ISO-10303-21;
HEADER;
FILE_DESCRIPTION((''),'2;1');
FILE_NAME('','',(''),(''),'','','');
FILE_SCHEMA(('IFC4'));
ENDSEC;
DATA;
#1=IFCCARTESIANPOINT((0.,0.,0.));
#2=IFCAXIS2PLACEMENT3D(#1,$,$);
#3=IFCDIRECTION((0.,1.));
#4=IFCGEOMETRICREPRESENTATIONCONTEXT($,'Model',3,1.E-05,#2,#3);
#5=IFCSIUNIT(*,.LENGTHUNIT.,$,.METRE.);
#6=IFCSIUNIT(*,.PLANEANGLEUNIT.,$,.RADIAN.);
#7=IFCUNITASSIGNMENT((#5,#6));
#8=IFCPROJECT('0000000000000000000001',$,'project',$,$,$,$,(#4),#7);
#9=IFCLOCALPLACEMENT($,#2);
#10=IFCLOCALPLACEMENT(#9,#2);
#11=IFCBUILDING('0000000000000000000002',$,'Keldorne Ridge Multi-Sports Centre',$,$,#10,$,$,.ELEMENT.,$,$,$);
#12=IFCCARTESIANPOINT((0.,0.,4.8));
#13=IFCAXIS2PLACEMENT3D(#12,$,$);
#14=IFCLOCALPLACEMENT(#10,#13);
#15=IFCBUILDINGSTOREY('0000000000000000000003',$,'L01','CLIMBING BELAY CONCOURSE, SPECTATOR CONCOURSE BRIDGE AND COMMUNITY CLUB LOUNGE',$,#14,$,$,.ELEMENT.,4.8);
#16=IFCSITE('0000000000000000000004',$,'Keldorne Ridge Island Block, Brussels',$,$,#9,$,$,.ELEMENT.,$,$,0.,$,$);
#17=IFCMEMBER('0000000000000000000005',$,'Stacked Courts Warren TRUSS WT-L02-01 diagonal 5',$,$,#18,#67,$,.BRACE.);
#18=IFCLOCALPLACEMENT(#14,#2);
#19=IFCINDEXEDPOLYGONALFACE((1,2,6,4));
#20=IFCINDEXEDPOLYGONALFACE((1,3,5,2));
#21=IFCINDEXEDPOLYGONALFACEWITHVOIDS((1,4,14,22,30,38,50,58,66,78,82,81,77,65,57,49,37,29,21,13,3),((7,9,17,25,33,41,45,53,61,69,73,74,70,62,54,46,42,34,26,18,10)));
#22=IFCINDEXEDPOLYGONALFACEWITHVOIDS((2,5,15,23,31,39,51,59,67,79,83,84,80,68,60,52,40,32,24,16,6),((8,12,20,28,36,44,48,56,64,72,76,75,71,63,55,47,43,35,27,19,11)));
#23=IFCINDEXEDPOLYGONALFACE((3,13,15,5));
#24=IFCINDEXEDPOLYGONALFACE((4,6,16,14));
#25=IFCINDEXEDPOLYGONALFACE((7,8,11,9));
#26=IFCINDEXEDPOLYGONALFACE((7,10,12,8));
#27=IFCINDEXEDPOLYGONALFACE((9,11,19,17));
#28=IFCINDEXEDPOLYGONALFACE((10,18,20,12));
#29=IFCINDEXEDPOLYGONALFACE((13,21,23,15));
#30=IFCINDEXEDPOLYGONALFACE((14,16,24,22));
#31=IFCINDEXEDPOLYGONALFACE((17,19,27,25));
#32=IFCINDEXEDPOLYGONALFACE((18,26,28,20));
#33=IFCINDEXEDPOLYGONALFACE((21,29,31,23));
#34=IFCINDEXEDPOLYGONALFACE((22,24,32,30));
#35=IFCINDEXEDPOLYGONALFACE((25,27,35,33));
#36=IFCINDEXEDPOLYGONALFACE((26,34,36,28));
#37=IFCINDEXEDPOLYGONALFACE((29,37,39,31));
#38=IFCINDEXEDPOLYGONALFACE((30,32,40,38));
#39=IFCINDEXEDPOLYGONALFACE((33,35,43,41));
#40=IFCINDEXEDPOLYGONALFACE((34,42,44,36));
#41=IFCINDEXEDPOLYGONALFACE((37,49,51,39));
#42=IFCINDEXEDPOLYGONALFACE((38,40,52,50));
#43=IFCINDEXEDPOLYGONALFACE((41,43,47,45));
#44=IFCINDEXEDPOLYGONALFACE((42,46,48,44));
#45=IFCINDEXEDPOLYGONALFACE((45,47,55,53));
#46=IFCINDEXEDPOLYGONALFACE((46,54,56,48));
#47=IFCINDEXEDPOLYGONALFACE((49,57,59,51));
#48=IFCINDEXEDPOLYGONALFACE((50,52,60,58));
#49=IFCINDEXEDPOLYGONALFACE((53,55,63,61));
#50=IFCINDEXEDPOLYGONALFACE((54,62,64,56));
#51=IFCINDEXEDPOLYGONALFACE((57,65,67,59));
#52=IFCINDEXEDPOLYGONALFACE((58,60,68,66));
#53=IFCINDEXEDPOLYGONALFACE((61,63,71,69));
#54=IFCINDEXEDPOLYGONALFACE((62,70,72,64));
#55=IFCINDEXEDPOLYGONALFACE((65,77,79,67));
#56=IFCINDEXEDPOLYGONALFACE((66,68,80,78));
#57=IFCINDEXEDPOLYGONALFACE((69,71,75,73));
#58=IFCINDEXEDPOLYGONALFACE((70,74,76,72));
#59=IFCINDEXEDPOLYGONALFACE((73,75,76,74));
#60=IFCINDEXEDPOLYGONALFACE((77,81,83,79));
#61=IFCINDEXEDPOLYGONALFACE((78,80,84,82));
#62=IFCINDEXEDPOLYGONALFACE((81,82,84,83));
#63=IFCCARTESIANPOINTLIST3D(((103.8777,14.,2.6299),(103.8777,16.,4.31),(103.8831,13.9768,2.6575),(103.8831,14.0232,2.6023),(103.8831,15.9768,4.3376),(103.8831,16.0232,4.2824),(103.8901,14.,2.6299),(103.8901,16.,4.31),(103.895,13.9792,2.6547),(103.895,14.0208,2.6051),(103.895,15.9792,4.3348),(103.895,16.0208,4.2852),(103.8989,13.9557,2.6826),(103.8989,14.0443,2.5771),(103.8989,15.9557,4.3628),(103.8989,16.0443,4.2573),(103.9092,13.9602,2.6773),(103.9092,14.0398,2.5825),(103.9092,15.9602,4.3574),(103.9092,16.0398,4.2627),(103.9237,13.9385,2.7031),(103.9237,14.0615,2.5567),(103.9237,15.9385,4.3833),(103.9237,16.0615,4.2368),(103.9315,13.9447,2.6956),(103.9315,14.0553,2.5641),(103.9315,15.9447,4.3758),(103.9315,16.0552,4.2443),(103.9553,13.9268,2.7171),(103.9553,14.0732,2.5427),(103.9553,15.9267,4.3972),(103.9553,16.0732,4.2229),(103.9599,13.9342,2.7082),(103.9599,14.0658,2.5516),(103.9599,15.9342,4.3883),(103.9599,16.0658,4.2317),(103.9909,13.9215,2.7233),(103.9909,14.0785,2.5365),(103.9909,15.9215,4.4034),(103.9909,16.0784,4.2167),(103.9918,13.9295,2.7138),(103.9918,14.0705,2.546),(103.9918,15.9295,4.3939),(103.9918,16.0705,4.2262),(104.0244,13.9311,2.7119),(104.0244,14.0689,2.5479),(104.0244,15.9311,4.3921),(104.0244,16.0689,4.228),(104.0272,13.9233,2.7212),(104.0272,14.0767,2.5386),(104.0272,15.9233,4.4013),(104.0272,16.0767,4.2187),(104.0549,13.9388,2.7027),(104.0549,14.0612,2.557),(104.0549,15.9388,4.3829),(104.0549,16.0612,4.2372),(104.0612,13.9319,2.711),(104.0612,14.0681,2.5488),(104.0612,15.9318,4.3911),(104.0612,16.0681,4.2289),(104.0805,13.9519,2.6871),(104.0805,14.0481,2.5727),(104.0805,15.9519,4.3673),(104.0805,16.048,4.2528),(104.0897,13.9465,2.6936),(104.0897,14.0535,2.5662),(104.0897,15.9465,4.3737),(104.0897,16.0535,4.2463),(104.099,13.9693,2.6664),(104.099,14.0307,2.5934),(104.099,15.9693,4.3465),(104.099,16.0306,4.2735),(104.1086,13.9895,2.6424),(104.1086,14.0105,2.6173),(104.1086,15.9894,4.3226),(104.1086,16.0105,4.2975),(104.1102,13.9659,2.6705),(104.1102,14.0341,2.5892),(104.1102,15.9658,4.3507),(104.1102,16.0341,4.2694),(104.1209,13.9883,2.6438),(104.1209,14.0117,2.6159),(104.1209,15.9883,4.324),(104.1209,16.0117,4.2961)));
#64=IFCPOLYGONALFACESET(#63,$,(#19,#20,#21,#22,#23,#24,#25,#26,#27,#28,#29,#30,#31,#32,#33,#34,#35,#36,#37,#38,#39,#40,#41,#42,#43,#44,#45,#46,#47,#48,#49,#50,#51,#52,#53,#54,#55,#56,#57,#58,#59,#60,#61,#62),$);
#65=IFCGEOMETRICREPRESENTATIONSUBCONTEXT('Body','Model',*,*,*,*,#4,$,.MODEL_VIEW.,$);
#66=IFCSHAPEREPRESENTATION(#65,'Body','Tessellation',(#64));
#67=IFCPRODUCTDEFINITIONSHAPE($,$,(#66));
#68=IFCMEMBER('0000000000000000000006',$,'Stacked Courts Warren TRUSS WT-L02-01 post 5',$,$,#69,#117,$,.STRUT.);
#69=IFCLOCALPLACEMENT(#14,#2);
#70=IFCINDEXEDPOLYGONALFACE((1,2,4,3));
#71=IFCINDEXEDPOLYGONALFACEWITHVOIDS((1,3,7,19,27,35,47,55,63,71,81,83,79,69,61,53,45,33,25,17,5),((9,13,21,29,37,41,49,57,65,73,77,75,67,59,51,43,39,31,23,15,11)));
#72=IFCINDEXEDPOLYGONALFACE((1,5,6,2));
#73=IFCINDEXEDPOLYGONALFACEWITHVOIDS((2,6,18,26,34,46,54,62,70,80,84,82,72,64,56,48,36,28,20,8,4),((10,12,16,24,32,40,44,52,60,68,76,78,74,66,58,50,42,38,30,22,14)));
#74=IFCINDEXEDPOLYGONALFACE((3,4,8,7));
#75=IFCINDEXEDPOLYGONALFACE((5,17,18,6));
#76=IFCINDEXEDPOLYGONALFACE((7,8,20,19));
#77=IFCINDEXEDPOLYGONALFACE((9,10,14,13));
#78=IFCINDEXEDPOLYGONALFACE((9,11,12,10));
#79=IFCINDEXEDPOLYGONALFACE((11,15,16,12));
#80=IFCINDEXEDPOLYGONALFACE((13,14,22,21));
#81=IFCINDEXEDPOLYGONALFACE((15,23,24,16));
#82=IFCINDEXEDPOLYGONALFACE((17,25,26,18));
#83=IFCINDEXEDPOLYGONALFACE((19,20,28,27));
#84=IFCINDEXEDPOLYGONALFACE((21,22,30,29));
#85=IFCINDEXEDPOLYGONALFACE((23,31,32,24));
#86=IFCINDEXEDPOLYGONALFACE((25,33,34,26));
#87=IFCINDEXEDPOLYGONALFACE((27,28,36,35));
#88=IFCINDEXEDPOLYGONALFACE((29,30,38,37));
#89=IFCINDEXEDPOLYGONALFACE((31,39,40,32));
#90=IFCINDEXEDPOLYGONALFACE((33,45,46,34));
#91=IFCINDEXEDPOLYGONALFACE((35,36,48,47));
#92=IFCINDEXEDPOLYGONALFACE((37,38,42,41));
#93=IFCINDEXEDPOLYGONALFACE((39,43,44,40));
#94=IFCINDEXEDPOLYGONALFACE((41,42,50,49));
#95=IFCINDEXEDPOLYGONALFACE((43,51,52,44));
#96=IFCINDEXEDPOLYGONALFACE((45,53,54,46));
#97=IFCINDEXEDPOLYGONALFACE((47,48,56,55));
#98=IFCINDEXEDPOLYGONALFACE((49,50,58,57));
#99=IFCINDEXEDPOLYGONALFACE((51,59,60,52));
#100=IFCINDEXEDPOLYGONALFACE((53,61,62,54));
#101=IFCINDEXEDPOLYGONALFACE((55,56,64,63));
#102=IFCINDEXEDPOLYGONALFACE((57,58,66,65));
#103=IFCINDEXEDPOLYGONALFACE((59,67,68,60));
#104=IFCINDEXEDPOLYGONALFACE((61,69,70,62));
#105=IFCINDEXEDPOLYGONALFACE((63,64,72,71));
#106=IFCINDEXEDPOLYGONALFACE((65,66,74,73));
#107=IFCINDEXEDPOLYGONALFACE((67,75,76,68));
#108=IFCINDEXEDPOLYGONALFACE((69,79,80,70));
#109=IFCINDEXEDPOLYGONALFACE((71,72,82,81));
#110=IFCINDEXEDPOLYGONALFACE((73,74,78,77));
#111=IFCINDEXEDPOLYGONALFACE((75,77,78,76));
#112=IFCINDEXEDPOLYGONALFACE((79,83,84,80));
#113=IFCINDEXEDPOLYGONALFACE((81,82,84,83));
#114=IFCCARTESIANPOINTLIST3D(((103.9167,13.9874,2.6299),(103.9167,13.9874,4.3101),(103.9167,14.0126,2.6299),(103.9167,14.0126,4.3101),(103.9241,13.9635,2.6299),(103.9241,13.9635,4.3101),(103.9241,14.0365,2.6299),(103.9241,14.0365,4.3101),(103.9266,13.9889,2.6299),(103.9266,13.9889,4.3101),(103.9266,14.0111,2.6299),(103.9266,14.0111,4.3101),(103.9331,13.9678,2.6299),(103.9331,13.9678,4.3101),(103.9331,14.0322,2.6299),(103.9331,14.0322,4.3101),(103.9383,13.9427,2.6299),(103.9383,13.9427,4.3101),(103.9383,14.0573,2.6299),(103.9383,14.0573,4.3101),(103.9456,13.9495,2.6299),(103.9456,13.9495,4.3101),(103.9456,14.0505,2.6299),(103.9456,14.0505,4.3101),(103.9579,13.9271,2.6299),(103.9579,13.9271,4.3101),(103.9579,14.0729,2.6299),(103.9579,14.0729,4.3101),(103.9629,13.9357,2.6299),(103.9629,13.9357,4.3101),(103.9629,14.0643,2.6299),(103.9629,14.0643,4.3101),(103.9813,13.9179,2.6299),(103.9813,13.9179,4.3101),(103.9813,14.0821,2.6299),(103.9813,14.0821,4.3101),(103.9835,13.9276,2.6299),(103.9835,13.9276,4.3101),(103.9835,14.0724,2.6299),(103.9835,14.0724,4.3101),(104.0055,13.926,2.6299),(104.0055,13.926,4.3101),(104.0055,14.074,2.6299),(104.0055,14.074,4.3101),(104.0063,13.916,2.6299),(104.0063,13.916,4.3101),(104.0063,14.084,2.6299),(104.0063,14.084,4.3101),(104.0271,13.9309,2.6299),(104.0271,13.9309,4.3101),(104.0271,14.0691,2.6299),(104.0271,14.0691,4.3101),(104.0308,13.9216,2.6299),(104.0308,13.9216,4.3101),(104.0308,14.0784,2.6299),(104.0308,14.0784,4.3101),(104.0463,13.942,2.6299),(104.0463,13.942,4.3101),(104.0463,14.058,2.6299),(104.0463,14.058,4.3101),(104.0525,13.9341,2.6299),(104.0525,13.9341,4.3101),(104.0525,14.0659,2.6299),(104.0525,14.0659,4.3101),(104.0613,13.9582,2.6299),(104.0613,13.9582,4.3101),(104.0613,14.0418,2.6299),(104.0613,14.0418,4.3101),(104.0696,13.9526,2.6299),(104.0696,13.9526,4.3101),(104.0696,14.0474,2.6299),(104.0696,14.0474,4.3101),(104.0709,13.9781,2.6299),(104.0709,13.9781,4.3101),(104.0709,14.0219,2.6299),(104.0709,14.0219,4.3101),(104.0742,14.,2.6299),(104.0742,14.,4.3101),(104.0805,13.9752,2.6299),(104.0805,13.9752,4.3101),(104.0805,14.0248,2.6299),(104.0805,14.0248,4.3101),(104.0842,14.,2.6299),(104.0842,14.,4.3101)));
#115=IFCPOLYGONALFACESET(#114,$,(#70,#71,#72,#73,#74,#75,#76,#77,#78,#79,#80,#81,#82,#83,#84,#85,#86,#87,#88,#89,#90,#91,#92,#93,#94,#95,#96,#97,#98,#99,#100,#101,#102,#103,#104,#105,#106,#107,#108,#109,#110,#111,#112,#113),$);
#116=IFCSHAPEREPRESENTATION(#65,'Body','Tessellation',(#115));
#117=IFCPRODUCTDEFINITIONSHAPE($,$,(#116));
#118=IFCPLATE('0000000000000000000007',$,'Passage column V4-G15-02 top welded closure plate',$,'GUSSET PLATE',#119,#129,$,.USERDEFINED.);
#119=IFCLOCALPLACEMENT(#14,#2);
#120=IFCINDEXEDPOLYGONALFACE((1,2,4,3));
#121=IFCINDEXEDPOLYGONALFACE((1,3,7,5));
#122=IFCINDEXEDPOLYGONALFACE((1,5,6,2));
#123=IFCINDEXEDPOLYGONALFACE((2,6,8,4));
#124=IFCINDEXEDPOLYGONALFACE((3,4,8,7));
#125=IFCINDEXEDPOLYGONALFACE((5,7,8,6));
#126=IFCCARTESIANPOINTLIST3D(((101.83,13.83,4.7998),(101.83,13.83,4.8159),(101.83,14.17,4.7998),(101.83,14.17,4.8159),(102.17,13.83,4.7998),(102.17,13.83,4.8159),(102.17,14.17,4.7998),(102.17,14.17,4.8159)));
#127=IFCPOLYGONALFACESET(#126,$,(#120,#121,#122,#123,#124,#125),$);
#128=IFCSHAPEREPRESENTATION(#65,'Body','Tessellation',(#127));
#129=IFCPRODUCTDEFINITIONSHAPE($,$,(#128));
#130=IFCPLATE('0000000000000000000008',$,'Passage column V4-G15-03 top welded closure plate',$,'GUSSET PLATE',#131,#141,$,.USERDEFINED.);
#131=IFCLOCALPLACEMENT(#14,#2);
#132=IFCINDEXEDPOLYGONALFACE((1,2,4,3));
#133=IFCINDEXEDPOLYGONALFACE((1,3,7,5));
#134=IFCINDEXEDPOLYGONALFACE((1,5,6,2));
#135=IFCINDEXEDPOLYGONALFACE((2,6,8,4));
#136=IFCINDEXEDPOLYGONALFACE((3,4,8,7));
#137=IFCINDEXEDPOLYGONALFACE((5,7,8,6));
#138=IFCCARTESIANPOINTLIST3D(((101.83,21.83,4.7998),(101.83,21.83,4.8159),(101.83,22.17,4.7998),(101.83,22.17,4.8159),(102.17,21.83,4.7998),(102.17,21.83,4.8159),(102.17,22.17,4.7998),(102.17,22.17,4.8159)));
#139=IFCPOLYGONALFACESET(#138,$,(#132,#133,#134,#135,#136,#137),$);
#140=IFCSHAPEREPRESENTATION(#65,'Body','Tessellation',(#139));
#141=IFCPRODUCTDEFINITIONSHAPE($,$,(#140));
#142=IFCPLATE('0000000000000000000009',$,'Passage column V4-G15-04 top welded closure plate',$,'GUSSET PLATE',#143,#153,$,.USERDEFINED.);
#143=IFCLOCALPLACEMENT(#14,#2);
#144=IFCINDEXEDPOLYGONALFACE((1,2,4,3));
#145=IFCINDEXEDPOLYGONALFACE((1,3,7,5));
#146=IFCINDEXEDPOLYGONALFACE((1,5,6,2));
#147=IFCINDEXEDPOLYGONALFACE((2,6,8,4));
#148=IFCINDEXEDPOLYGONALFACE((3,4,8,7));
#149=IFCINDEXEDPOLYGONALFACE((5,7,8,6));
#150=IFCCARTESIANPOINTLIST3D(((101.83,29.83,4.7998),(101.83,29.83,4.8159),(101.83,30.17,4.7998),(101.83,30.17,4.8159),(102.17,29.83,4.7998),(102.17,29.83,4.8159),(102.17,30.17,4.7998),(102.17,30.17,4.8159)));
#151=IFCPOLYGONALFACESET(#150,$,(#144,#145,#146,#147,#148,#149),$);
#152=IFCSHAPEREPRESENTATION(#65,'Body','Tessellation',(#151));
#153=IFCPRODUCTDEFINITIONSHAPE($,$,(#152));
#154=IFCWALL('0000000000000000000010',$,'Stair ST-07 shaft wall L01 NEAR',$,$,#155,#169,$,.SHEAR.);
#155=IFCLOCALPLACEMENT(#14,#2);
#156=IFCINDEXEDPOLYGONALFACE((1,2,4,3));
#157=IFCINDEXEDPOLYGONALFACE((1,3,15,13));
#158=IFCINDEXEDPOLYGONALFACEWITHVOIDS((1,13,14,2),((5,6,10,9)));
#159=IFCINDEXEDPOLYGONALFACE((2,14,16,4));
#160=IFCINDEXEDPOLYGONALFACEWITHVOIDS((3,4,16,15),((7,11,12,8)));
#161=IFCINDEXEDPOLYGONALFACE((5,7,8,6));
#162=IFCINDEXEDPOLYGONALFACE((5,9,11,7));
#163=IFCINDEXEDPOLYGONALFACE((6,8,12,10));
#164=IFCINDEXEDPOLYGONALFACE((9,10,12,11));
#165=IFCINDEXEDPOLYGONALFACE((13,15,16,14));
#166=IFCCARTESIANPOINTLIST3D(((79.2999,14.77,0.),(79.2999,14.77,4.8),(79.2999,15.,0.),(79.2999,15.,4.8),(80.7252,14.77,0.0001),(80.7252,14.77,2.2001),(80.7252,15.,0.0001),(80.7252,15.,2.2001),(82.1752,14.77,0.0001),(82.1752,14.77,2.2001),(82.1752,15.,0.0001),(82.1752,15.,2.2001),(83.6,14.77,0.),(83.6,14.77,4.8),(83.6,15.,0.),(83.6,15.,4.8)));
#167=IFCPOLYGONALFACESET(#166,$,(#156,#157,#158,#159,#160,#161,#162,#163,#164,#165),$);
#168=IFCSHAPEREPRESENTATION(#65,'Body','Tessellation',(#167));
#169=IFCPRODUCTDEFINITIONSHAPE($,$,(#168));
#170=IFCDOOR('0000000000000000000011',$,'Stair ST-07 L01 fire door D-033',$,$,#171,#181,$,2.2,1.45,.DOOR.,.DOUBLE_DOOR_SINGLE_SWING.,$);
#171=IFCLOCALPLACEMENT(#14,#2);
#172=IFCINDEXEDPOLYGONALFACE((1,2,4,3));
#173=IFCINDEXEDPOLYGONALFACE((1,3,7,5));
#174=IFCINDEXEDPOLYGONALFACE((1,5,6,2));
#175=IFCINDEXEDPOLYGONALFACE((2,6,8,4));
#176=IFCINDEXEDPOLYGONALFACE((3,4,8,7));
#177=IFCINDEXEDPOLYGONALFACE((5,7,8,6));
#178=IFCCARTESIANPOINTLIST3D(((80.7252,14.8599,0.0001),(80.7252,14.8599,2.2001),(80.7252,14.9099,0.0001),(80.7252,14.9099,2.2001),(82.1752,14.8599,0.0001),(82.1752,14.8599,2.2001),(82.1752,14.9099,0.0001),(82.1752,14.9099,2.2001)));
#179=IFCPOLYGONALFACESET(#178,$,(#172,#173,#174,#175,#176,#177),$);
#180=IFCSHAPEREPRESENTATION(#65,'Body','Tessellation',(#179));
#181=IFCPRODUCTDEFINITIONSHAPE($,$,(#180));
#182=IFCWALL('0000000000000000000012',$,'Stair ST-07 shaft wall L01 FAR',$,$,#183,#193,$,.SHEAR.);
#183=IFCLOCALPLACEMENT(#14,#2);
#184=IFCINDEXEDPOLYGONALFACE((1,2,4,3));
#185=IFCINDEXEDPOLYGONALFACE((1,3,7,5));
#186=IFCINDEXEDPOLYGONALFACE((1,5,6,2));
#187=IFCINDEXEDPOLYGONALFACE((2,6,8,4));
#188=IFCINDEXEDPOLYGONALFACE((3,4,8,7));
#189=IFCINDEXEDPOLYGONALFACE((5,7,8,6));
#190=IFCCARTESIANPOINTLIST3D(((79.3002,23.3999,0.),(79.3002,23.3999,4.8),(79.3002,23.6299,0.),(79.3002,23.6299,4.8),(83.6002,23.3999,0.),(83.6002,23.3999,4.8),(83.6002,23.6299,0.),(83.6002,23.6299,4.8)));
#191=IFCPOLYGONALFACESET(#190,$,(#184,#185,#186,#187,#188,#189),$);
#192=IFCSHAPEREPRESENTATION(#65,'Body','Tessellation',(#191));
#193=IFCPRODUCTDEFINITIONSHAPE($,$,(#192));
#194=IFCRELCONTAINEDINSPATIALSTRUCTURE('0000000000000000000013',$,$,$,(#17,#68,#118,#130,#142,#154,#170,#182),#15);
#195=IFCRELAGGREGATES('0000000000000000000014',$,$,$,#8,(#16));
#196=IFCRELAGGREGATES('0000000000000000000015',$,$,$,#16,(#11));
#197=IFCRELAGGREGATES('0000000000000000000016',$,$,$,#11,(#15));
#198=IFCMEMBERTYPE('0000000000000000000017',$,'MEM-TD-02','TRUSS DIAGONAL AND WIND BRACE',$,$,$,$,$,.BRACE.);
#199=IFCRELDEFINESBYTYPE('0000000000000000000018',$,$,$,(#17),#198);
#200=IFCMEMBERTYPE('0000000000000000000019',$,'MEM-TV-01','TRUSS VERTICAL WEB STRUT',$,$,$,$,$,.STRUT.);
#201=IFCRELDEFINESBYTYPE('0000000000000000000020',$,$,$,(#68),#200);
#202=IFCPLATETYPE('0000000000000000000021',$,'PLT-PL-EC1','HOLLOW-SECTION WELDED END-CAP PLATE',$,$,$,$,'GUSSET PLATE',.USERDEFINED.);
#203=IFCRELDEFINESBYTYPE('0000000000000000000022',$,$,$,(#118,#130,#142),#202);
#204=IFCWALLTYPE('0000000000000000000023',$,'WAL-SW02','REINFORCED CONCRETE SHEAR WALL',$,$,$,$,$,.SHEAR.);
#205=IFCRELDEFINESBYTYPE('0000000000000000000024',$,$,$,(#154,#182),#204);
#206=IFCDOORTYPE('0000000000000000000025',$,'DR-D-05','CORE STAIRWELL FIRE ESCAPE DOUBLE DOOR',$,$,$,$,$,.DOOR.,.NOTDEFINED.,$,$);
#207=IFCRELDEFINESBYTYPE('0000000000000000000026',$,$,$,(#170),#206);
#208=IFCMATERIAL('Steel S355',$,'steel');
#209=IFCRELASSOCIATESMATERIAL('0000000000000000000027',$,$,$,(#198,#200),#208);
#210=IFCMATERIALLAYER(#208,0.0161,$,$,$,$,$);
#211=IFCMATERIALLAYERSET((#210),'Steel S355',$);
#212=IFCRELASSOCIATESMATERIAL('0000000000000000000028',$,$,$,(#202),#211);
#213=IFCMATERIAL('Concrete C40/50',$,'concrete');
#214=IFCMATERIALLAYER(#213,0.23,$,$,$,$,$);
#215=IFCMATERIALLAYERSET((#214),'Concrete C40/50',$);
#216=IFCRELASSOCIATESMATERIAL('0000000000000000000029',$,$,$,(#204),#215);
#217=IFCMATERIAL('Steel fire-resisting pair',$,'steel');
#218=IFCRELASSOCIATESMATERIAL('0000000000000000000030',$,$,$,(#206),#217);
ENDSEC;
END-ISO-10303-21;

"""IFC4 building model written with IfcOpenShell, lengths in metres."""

from ifc_helpers import new_model, si_unit, direction, frame, frame_2d, origin, origin_2d, place, context, subcontext, project, spatial, rectangle, hollow_circle, extrude, material, layer, layer_set, material_profile, profile_set, type_object, element, fill, save


model = new_model("IFC4")

# Units and contexts
model_context = context("Model", 3, precision=1e-05, world=origin(), true_north=direction((0.0, 1.0)))
body_context = subcontext(model_context, "Body", "Model", "MODEL_VIEW")
ifc_project = project(units=[si_unit("LENGTHUNIT", "METRE"), si_unit("PLANEANGLEUNIT", "RADIAN")], contexts=[model_context])

# Site, building, storey
site_placement = place(None, origin())
site = spatial("IfcSite", under=ifc_project, at=site_placement, Name="Keldorne Ridge Island Block, Brussels", CompositionType="ELEMENT", RefElevation=0.0)
building_placement = place(site_placement, origin())
building = spatial("IfcBuilding", under=site, at=building_placement, Name="Keldorne Ridge Multi-Sports Centre", CompositionType="ELEMENT")
storey_placement = place(building_placement, frame((0.0, 0.0, 4.8)))
storey = spatial("IfcBuildingStorey", under=building, at=storey_placement, Name="L01", Description="CLIMBING BELAY CONCOURSE, SPECTATOR CONCOURSE BRIDGE AND COMMUNITY CLUB LOUNGE", CompositionType="ELEMENT", Elevation=4.8)

# Shared definitions
ifc_material_1 = material(Name="Steel S355", Category="steel")

# Members
ifc_material_profile_1 = material_profile(ifc_material_1, hollow_circle(Radius=0.1223, WallThickness=0.0125, at=origin_2d()), Name="CHS 244.5x12.5")
ifc_profile_set_1 = profile_set([ifc_material_profile_1], Name="Steel S355")
member_type_1 = type_object("IfcMemberType", Name="MEM-TD-02", Description="TRUSS DIAGONAL AND WIND BRACE", PredefinedType="BRACE", material=ifc_profile_set_1)
member_1_placement = place(storey_placement, frame((104.0, 14.0, 2.6299), z_axis=(0.0, 0.765672, 0.643232), x_axis=(-1.0, 0.0, 0.0)))
element("IfcMember", 1, at=member_1_placement, inside=storey, type_object=member_type_1, Name="Stacked Courts Warren TRUSS WT-L02-01 diagonal 5", PredefinedType="BRACE", context=body_context, shape_type="SweptSolid", body=[
    extrude(hollow_circle(Radius=0.1223, WallThickness=0.0125, at=origin_2d()), origin(), (0.0, 0.0, 1.0), 2.6121),
])
ifc_material_profile_2 = material_profile(ifc_material_1, hollow_circle(Radius=0.0842, WallThickness=0.01, at=origin_2d()), Name="CHS 168.3x10")
ifc_profile_set_2 = profile_set([ifc_material_profile_2], Name="Steel S355")
member_type_2 = type_object("IfcMemberType", Name="MEM-TV-01", Description="TRUSS VERTICAL WEB STRUT", PredefinedType="STRUT", material=ifc_profile_set_2)
member_2_placement = place(storey_placement, frame((104.0, 14.0, 2.6299), z_axis=(0.0, 0.0, 1.0), x_axis=(1.0, 0.0, 0.0)))
element("IfcMember", 2, at=member_2_placement, inside=storey, type_object=member_type_2, Name="Stacked Courts Warren TRUSS WT-L02-01 post 5", PredefinedType="STRUT", context=body_context, shape_type="SweptSolid", body=[
    extrude(hollow_circle(Radius=0.0842, WallThickness=0.01, at=origin_2d()), origin(), (0.0, 0.0, 1.0), 1.6802),
])

# Plates
ifc_layer_1 = layer(ifc_material_1, 0.0161)
ifc_layer_set_1 = layer_set([ifc_layer_1], Name="Steel S355")
plate_type = type_object("IfcPlateType", Name="PLT-PL-EC1", Description="HOLLOW-SECTION WELDED END-CAP PLATE", ElementType="GUSSET PLATE", PredefinedType="USERDEFINED", material=ifc_layer_set_1)
for number, where, z_axis, x_axis, name in (
    (3, (102.0, 14.0, 4.7998), (0.0, 0.0, 1.0), (1.0, 0.0, 0.0), "Passage column V4-G15-02 top welded closure plate"),
    (4, (102.0, 22.0, 4.7998), (0.0, 0.0, 1.0), (1.0, 0.0, 0.0), "Passage column V4-G15-03 top welded closure plate"),
    (5, (102.0, 30.0, 4.7998), (0.0, 0.0, 1.0), (1.0, 0.0, 0.0), "Passage column V4-G15-04 top welded closure plate"),
):
    element("IfcPlate", number, at=place(storey_placement, frame(where, z_axis=z_axis, x_axis=x_axis)), inside=storey, type_object=plate_type, Name=name, ObjectType="GUSSET PLATE", PredefinedType="USERDEFINED", context=body_context, shape_type="SweptSolid", body=[
        extrude(rectangle(XDim=0.3401, YDim=0.3401, at=origin_2d()), origin(), (0.0, 0.0, 1.0), 0.0161),
    ])

# Wall, opening, door
ifc_material_2 = material(Name="Concrete C40/50", Category="concrete")
ifc_layer_2 = layer(ifc_material_2, 0.23)
ifc_layer_set_2 = layer_set([ifc_layer_2], Name="Concrete C40/50")
wall_type = type_object("IfcWallType", Name="WAL-SW02", Description="REINFORCED CONCRETE SHEAR WALL", PredefinedType="SHEAR", material=ifc_layer_set_2)
wall_1_placement = place(storey_placement, frame((79.3, 14.885, 0.0), z_axis=(0.0, 0.0, 1.0), x_axis=(1.0, 0.0, 0.0)))
wall_1 = element("IfcWall", 6, at=wall_1_placement, inside=storey, type_object=wall_type, Name="Stair ST-07 shaft wall L01 NEAR", PredefinedType="SHEAR", context=body_context, shape_type="SweptSolid", body=[
    extrude(rectangle(XDim=4.3, YDim=0.23, at=frame_2d((2.1499, 0.0))), origin(), (0.0, 0.0, 1.0), 4.8),
])
opening_placement = place(wall_1_placement, frame((1.425, 0.0, 0.0)))
opening = element("IfcOpeningElement", 7, at=opening_placement, cuts=wall_1, PredefinedType="OPENING", context=body_context, shape_type="SweptSolid", body=[
    extrude(rectangle(XDim=1.45, YDim=2.2, at=frame_2d((0.7251, 1.1001))), frame((0.0, 0.125, 0.0), z_axis=(0.0, -1.0, 0.0), x_axis=(1.0, 0.0, 0.0)), (0.0, 0.0, 1.0), 0.25),
])
ifc_material_3 = material(Name="Steel fire-resisting pair", Category="steel")
door_type = type_object("IfcDoorType", Name="DR-D-05", Description="CORE STAIRWELL FIRE ESCAPE DOUBLE DOOR", OperationType="NOTDEFINED", PredefinedType="DOOR", material=ifc_material_3)
door_placement = place(opening_placement, origin())
door = element("IfcDoor", 8, at=door_placement, inside=storey, type_object=door_type, Name="Stair ST-07 L01 fire door D-033", OperationType="DOUBLE_DOOR_SINGLE_SWING", OverallHeight=2.2, OverallWidth=1.45, PredefinedType="DOOR", context=body_context, shape_type="SweptSolid", body=[
    extrude(rectangle(XDim=1.45, YDim=2.2, at=frame_2d((0.7251, 1.1001))), frame((0.0, 0.0249, 0.0), z_axis=(0.0, -1.0, 0.0), x_axis=(1.0, 0.0, 0.0)), (0.0, 0.0, 1.0), 0.05),
])
fill(opening, door)

# Wall
wall_2_placement = place(storey_placement, frame((83.6001, 23.5149, 0.0), z_axis=(0.0, 0.0, 1.0), x_axis=(-1.0, 0.0, 0.0)))
element("IfcWall", 9, at=wall_2_placement, inside=storey, type_object=wall_type, Name="Stair ST-07 shaft wall L01 FAR", PredefinedType="SHEAR", context=body_context, shape_type="SweptSolid", body=[
    extrude(rectangle(XDim=4.3, YDim=0.23, at=frame_2d((2.1499, 0.0))), origin(), (0.0, 0.0, 1.0), 4.8),
])

save(model, "model.ifc")
